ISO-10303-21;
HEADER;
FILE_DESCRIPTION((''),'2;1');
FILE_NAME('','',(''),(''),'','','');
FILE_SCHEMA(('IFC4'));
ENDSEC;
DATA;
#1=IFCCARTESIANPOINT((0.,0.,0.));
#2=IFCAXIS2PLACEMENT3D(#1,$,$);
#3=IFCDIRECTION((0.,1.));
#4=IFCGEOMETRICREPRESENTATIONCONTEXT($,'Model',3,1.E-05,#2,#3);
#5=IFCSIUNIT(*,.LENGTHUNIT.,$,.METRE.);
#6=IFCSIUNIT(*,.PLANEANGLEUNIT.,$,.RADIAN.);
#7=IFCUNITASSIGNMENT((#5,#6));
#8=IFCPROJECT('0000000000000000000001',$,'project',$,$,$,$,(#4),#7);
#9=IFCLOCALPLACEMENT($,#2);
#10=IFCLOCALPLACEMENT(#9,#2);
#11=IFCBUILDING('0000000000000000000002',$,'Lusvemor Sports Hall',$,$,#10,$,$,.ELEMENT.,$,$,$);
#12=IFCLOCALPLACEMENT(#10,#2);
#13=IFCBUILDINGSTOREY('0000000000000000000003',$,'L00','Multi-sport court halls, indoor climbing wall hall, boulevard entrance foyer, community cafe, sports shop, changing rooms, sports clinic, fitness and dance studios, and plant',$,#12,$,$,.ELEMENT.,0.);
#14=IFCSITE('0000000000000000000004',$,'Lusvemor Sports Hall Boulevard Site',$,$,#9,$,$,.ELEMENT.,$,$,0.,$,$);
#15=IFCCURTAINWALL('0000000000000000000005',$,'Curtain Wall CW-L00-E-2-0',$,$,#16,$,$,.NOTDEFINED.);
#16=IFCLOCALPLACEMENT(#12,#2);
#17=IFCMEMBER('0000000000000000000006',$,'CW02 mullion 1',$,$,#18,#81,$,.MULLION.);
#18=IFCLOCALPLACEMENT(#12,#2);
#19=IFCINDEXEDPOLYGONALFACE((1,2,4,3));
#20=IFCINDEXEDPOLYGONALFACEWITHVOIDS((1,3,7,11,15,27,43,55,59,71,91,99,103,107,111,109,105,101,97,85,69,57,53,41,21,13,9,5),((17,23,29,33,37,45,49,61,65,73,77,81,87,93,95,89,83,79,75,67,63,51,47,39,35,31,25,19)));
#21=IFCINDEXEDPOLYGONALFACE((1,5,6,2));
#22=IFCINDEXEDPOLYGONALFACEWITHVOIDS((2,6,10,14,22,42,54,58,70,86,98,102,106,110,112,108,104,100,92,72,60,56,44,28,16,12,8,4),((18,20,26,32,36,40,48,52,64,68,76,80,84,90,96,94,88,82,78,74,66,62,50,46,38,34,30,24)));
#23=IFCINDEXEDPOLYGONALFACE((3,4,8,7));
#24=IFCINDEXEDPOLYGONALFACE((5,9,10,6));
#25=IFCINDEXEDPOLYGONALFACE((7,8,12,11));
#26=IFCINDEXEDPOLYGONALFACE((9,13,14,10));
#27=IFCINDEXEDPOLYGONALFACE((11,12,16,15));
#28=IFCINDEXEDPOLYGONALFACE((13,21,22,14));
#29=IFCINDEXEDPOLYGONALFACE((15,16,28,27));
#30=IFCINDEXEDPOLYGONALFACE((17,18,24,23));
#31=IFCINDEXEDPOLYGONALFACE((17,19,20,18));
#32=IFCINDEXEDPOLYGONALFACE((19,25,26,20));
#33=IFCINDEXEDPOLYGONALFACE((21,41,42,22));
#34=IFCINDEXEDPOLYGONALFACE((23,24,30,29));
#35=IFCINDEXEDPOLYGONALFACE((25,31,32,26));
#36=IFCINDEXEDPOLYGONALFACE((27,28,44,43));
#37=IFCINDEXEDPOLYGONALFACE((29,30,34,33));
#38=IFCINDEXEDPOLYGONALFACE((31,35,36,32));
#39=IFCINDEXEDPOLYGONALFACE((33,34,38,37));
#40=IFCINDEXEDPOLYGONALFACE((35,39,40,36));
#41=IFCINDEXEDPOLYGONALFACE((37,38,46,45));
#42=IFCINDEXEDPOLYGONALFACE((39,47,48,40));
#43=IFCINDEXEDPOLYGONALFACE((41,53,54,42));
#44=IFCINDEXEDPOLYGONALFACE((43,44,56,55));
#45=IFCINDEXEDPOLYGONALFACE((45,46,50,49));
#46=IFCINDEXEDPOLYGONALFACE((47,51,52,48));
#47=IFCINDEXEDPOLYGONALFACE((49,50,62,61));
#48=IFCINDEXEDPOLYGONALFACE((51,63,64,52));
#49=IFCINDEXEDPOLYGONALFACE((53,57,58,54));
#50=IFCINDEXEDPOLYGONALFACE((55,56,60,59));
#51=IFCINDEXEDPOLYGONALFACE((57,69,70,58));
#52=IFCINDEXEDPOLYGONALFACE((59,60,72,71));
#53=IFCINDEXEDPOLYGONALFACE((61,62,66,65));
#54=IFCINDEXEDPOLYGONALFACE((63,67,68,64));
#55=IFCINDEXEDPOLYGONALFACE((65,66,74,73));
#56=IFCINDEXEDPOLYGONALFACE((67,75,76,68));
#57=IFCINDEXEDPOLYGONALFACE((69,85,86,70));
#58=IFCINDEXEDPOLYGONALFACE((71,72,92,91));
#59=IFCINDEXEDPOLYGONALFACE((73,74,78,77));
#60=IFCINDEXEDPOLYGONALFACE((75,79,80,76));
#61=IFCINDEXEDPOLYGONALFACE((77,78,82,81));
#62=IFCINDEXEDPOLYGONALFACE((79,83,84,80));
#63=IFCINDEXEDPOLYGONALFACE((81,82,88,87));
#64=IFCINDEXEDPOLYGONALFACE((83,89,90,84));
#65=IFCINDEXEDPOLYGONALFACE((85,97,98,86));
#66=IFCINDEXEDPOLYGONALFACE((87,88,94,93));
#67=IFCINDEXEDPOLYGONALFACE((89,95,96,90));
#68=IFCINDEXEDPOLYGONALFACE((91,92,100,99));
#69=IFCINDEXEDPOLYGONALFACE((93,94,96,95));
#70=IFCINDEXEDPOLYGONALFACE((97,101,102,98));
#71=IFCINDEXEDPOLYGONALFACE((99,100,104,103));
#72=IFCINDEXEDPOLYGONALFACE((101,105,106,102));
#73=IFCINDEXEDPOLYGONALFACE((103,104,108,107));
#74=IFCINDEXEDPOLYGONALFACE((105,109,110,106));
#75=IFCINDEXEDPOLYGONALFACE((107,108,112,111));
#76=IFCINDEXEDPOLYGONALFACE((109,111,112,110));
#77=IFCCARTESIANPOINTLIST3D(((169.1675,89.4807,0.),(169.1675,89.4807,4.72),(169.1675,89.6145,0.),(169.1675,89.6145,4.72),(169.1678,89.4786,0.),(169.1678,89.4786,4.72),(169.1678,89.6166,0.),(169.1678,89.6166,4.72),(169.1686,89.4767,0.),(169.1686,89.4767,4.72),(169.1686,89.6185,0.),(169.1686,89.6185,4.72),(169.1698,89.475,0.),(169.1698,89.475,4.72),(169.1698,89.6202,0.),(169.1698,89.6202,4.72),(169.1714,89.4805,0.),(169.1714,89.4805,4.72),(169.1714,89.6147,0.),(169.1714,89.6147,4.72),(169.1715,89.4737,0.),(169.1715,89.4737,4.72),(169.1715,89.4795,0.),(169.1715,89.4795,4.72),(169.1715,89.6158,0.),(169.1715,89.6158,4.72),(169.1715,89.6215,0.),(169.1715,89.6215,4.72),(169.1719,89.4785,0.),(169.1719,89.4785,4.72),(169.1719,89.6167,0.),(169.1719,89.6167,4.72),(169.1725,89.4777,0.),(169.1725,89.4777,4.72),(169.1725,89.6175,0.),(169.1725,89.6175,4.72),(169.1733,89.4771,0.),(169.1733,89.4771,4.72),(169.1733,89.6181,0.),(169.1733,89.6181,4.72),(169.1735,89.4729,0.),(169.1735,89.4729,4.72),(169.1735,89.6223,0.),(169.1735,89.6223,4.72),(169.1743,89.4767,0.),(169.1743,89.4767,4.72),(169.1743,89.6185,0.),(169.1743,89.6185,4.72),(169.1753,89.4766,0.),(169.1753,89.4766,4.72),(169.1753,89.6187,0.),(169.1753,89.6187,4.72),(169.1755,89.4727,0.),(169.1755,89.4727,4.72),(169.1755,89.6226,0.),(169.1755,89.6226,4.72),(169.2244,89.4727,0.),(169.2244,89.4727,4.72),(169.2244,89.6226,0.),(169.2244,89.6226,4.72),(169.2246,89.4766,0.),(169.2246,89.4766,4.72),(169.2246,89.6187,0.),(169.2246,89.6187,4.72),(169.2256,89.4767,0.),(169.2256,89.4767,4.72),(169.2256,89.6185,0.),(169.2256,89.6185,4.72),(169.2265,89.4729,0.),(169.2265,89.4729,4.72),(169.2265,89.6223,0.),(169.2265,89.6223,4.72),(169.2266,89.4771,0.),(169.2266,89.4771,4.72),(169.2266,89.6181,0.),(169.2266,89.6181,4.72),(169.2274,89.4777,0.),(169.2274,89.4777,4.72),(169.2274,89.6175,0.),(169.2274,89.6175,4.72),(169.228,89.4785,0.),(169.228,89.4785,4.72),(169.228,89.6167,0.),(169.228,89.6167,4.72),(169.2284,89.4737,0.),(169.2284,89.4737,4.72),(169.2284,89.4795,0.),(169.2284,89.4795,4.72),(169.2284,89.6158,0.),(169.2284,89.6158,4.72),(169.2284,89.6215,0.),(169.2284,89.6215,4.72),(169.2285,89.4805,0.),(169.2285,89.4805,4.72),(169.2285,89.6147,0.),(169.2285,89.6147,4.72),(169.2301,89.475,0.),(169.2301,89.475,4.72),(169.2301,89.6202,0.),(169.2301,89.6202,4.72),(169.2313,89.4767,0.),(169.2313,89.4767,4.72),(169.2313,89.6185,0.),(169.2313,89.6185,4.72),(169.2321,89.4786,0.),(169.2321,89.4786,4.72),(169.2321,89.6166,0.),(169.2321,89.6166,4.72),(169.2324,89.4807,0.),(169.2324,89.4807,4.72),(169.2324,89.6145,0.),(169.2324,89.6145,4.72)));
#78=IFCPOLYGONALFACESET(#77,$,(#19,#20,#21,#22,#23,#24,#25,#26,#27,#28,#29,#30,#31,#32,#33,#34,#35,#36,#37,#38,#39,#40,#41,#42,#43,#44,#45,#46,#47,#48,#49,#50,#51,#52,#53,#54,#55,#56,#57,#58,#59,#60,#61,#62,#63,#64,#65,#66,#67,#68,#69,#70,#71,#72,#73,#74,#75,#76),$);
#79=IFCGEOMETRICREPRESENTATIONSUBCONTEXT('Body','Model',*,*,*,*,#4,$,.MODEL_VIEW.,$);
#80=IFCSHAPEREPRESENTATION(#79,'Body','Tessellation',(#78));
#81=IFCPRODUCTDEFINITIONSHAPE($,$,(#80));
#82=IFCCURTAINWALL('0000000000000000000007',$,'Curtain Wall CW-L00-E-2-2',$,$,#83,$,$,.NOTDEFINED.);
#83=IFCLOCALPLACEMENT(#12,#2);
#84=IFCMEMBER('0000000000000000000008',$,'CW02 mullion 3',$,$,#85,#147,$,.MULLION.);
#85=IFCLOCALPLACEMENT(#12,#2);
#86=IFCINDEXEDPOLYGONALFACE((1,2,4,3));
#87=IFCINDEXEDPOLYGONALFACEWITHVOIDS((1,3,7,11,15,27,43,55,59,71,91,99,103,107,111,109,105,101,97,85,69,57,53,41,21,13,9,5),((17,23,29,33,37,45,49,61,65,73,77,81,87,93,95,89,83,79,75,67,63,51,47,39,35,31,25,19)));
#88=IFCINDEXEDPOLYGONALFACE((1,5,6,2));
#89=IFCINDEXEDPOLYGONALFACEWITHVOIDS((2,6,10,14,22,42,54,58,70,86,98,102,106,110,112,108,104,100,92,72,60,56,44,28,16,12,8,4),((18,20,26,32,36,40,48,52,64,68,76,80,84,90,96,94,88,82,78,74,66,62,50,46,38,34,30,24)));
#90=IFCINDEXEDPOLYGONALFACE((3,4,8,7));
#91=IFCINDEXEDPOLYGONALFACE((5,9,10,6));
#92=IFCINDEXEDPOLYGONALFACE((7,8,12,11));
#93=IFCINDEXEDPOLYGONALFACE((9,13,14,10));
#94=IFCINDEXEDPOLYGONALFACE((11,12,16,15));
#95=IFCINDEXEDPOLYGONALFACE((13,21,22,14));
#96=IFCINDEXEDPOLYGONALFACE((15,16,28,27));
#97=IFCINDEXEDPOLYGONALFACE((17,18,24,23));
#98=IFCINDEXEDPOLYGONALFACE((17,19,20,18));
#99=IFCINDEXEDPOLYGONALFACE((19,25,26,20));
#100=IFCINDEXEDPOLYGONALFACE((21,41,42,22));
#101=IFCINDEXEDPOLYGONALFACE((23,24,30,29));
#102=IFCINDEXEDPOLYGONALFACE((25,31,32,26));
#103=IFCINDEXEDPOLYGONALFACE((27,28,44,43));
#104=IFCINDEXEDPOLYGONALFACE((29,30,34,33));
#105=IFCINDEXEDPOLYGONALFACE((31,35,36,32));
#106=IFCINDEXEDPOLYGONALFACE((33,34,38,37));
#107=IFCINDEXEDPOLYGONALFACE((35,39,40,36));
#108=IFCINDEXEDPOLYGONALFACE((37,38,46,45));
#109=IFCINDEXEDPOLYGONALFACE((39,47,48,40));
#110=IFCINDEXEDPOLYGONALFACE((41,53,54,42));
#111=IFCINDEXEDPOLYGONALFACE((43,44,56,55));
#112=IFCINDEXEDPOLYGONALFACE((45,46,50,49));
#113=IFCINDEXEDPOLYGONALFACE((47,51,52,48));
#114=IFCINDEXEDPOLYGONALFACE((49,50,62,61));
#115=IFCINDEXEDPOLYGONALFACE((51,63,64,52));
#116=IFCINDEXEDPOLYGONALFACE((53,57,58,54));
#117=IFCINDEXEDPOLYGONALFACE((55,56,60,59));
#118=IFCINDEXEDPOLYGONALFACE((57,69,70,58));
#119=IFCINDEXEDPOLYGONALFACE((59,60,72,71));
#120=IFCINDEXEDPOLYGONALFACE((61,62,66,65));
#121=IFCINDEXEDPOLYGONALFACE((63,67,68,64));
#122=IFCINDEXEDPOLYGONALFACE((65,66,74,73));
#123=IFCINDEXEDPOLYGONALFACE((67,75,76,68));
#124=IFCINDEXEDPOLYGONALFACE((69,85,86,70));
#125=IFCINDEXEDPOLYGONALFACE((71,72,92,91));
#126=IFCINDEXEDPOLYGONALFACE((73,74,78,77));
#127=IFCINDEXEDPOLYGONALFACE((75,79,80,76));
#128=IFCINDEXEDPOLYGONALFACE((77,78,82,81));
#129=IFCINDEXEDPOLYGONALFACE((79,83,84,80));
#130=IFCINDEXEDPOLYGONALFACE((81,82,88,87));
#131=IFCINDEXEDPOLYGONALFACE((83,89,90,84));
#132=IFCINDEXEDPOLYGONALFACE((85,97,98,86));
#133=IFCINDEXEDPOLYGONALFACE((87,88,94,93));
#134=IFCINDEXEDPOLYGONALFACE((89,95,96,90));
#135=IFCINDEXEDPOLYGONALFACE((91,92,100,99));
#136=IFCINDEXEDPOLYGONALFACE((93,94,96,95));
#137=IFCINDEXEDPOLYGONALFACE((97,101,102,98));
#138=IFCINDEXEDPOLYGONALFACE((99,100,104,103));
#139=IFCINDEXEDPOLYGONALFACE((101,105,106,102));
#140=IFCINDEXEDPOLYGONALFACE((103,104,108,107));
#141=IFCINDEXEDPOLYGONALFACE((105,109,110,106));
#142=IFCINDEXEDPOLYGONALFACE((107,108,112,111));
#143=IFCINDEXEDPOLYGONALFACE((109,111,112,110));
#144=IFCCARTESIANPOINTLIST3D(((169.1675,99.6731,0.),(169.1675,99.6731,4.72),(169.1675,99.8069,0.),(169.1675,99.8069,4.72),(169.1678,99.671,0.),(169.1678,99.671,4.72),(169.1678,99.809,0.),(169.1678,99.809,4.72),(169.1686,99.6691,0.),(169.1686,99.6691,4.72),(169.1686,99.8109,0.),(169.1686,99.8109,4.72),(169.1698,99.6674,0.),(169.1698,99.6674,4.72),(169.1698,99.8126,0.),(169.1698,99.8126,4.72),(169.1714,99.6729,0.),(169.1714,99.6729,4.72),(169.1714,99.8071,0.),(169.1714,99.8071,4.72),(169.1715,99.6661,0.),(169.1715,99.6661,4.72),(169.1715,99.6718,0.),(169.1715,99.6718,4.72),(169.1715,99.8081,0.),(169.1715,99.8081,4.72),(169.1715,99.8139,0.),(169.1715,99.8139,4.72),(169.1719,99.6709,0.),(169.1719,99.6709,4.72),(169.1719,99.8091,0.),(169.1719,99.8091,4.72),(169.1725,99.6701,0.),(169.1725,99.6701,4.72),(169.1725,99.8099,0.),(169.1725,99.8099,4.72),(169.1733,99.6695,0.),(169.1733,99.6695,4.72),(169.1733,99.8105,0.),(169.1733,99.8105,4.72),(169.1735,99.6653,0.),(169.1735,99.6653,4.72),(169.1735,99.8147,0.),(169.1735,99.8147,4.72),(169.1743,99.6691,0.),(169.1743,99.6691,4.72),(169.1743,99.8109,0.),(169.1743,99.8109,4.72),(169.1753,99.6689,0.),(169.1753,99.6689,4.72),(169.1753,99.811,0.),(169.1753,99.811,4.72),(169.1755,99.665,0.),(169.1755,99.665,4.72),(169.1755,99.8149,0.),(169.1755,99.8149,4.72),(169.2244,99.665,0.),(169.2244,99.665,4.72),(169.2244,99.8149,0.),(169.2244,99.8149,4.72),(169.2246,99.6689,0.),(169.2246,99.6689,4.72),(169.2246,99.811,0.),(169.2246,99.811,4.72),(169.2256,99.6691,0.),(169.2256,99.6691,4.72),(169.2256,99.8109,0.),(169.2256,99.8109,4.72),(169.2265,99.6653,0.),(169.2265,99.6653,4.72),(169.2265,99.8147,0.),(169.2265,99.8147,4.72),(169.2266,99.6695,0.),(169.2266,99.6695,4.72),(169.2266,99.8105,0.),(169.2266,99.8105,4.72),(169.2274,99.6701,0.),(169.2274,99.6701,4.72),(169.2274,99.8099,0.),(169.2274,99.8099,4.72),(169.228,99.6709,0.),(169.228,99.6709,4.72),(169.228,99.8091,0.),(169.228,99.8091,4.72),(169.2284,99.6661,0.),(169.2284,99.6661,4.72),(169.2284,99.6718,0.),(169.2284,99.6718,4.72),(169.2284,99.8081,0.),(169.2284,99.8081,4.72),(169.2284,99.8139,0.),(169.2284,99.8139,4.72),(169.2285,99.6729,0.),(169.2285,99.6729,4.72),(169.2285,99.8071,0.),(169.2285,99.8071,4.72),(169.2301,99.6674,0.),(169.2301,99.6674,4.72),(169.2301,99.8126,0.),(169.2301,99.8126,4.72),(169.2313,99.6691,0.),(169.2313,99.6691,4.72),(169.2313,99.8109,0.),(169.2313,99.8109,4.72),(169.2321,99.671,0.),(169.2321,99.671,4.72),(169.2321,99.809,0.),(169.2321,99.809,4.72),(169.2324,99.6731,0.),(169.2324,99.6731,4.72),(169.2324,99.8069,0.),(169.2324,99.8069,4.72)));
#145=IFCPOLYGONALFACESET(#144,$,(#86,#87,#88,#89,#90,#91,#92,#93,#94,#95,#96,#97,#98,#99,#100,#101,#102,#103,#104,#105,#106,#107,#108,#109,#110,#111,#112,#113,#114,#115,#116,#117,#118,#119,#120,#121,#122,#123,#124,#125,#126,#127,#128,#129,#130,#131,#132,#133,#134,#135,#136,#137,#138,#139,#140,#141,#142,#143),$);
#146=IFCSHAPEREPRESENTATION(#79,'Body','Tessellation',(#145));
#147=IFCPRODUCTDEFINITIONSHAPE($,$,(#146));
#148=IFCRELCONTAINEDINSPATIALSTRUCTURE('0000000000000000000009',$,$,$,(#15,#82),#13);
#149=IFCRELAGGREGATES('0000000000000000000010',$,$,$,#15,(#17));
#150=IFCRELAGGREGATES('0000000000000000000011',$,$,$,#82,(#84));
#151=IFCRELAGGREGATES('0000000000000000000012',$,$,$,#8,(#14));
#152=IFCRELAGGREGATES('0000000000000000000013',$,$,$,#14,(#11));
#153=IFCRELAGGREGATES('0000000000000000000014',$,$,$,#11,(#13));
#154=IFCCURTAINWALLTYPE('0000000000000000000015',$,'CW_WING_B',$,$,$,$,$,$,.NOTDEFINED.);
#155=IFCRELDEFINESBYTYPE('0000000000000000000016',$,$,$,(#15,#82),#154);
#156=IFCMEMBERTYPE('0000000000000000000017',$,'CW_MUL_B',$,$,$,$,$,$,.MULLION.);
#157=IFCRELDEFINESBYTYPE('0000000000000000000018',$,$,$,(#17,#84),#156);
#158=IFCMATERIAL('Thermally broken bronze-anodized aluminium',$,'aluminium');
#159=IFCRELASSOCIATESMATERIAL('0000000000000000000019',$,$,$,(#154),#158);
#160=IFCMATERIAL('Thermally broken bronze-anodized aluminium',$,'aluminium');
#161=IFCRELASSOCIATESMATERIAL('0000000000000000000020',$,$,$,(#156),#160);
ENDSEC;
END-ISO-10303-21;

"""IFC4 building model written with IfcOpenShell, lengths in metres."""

from ifc_helpers import new_model, si_unit, direction, frame, origin, origin_2d, place, context, subcontext, project, spatial, hollow_rectangle, extrude, material, material_profile, profile_set, type_object, element, aggregate, save


model = new_model("IFC4")

# Units and contexts
model_context = context("Model", 3, precision=1e-05, world=origin(), true_north=direction((0.0, 1.0)))
body_context = subcontext(model_context, "Body", "Model", "MODEL_VIEW")
ifc_project = project(units=[si_unit("LENGTHUNIT", "METRE"), si_unit("PLANEANGLEUNIT", "RADIAN")], contexts=[model_context])

# Site, building, storey
site_placement = place(None, origin())
site = spatial("IfcSite", under=ifc_project, at=site_placement, Name="Lusvemor Sports Hall Boulevard Site", CompositionType="ELEMENT", RefElevation=0.0)
building_placement = place(site_placement, origin())
building = spatial("IfcBuilding", under=site, at=building_placement, Name="Lusvemor Sports Hall", CompositionType="ELEMENT")
storey_placement = place(building_placement, origin())
storey = spatial("IfcBuildingStorey", under=building, at=storey_placement, Name="L00", Description="Multi-sport court halls, indoor climbing wall hall, boulevard entrance foyer, community cafe, sports shop, changing rooms, sports clinic, fitness and dance studios, and plant", CompositionType="ELEMENT", Elevation=0.0)

# Curtain wall, member
ifc_material_1 = material(Name="Thermally broken bronze-anodized aluminium", Category="aluminium")
curtain_wall_type = type_object("IfcCurtainWallType", Name="CW_WING_B", PredefinedType="NOTDEFINED", material=ifc_material_1)
curtain_wall_1_placement = place(storey_placement, origin())
curtain_wall_1 = element("IfcCurtainWall", 1, at=curtain_wall_1_placement, inside=storey, type_object=curtain_wall_type, Name="Curtain Wall CW-L00-E-2-0", PredefinedType="NOTDEFINED")
ifc_material_2 = material(Name="Thermally broken bronze-anodized aluminium", Category="aluminium")
ifc_material_profile_1 = material_profile(ifc_material_2, hollow_rectangle(XDim=0.0649, YDim=0.1499, WallThickness=0.0039, InnerFilletRadius=0.0039, OuterFilletRadius=0.0081, at=origin_2d()), Name="CWMUL150x65x4")
ifc_profile_set_1 = profile_set([ifc_material_profile_1], Name="Thermally broken bronze-anodized aluminium")
member_type_1 = type_object("IfcMemberType", Name="CW_MUL_B", PredefinedType="MULLION", material=ifc_profile_set_1)
member_1_placement = place(storey_placement, frame((169.2, 89.5476, 0.0), z_axis=(0.0, 0.0, 1.0), x_axis=(1.0, 0.0, 0.0)))
member_1 = element("IfcMember", 2, at=member_1_placement, type_object=member_type_1, Name="CW02 mullion 1", PredefinedType="MULLION", context=body_context, shape_type="SweptSolid", body=[
    extrude(hollow_rectangle(XDim=0.0649, YDim=0.1499, WallThickness=0.0039, InnerFilletRadius=0.0039, OuterFilletRadius=0.0081, at=origin_2d()), origin(), (0.0, 0.0, 1.0), 4.72),
])
aggregate(curtain_wall_1, [member_1])

# Curtain wall, member
curtain_wall_2_placement = place(storey_placement, origin())
curtain_wall_2 = element("IfcCurtainWall", 3, at=curtain_wall_2_placement, inside=storey, type_object=curtain_wall_type, Name="Curtain Wall CW-L00-E-2-2", PredefinedType="NOTDEFINED")
member_2_placement = place(storey_placement, frame((169.2, 99.74, 0.0), z_axis=(0.0, 0.0, 1.0), x_axis=(1.0, 0.0, 0.0)))
member_2 = element("IfcMember", 4, at=member_2_placement, type_object=member_type_1, Name="CW02 mullion 3", PredefinedType="MULLION", context=body_context, shape_type="SweptSolid", body=[
    extrude(hollow_rectangle(XDim=0.0649, YDim=0.1499, WallThickness=0.0039, InnerFilletRadius=0.0039, OuterFilletRadius=0.0081, at=origin_2d()), origin(), (0.0, 0.0, 1.0), 4.72),
])
aggregate(curtain_wall_2, [member_2])

save(model, "model.ifc")
